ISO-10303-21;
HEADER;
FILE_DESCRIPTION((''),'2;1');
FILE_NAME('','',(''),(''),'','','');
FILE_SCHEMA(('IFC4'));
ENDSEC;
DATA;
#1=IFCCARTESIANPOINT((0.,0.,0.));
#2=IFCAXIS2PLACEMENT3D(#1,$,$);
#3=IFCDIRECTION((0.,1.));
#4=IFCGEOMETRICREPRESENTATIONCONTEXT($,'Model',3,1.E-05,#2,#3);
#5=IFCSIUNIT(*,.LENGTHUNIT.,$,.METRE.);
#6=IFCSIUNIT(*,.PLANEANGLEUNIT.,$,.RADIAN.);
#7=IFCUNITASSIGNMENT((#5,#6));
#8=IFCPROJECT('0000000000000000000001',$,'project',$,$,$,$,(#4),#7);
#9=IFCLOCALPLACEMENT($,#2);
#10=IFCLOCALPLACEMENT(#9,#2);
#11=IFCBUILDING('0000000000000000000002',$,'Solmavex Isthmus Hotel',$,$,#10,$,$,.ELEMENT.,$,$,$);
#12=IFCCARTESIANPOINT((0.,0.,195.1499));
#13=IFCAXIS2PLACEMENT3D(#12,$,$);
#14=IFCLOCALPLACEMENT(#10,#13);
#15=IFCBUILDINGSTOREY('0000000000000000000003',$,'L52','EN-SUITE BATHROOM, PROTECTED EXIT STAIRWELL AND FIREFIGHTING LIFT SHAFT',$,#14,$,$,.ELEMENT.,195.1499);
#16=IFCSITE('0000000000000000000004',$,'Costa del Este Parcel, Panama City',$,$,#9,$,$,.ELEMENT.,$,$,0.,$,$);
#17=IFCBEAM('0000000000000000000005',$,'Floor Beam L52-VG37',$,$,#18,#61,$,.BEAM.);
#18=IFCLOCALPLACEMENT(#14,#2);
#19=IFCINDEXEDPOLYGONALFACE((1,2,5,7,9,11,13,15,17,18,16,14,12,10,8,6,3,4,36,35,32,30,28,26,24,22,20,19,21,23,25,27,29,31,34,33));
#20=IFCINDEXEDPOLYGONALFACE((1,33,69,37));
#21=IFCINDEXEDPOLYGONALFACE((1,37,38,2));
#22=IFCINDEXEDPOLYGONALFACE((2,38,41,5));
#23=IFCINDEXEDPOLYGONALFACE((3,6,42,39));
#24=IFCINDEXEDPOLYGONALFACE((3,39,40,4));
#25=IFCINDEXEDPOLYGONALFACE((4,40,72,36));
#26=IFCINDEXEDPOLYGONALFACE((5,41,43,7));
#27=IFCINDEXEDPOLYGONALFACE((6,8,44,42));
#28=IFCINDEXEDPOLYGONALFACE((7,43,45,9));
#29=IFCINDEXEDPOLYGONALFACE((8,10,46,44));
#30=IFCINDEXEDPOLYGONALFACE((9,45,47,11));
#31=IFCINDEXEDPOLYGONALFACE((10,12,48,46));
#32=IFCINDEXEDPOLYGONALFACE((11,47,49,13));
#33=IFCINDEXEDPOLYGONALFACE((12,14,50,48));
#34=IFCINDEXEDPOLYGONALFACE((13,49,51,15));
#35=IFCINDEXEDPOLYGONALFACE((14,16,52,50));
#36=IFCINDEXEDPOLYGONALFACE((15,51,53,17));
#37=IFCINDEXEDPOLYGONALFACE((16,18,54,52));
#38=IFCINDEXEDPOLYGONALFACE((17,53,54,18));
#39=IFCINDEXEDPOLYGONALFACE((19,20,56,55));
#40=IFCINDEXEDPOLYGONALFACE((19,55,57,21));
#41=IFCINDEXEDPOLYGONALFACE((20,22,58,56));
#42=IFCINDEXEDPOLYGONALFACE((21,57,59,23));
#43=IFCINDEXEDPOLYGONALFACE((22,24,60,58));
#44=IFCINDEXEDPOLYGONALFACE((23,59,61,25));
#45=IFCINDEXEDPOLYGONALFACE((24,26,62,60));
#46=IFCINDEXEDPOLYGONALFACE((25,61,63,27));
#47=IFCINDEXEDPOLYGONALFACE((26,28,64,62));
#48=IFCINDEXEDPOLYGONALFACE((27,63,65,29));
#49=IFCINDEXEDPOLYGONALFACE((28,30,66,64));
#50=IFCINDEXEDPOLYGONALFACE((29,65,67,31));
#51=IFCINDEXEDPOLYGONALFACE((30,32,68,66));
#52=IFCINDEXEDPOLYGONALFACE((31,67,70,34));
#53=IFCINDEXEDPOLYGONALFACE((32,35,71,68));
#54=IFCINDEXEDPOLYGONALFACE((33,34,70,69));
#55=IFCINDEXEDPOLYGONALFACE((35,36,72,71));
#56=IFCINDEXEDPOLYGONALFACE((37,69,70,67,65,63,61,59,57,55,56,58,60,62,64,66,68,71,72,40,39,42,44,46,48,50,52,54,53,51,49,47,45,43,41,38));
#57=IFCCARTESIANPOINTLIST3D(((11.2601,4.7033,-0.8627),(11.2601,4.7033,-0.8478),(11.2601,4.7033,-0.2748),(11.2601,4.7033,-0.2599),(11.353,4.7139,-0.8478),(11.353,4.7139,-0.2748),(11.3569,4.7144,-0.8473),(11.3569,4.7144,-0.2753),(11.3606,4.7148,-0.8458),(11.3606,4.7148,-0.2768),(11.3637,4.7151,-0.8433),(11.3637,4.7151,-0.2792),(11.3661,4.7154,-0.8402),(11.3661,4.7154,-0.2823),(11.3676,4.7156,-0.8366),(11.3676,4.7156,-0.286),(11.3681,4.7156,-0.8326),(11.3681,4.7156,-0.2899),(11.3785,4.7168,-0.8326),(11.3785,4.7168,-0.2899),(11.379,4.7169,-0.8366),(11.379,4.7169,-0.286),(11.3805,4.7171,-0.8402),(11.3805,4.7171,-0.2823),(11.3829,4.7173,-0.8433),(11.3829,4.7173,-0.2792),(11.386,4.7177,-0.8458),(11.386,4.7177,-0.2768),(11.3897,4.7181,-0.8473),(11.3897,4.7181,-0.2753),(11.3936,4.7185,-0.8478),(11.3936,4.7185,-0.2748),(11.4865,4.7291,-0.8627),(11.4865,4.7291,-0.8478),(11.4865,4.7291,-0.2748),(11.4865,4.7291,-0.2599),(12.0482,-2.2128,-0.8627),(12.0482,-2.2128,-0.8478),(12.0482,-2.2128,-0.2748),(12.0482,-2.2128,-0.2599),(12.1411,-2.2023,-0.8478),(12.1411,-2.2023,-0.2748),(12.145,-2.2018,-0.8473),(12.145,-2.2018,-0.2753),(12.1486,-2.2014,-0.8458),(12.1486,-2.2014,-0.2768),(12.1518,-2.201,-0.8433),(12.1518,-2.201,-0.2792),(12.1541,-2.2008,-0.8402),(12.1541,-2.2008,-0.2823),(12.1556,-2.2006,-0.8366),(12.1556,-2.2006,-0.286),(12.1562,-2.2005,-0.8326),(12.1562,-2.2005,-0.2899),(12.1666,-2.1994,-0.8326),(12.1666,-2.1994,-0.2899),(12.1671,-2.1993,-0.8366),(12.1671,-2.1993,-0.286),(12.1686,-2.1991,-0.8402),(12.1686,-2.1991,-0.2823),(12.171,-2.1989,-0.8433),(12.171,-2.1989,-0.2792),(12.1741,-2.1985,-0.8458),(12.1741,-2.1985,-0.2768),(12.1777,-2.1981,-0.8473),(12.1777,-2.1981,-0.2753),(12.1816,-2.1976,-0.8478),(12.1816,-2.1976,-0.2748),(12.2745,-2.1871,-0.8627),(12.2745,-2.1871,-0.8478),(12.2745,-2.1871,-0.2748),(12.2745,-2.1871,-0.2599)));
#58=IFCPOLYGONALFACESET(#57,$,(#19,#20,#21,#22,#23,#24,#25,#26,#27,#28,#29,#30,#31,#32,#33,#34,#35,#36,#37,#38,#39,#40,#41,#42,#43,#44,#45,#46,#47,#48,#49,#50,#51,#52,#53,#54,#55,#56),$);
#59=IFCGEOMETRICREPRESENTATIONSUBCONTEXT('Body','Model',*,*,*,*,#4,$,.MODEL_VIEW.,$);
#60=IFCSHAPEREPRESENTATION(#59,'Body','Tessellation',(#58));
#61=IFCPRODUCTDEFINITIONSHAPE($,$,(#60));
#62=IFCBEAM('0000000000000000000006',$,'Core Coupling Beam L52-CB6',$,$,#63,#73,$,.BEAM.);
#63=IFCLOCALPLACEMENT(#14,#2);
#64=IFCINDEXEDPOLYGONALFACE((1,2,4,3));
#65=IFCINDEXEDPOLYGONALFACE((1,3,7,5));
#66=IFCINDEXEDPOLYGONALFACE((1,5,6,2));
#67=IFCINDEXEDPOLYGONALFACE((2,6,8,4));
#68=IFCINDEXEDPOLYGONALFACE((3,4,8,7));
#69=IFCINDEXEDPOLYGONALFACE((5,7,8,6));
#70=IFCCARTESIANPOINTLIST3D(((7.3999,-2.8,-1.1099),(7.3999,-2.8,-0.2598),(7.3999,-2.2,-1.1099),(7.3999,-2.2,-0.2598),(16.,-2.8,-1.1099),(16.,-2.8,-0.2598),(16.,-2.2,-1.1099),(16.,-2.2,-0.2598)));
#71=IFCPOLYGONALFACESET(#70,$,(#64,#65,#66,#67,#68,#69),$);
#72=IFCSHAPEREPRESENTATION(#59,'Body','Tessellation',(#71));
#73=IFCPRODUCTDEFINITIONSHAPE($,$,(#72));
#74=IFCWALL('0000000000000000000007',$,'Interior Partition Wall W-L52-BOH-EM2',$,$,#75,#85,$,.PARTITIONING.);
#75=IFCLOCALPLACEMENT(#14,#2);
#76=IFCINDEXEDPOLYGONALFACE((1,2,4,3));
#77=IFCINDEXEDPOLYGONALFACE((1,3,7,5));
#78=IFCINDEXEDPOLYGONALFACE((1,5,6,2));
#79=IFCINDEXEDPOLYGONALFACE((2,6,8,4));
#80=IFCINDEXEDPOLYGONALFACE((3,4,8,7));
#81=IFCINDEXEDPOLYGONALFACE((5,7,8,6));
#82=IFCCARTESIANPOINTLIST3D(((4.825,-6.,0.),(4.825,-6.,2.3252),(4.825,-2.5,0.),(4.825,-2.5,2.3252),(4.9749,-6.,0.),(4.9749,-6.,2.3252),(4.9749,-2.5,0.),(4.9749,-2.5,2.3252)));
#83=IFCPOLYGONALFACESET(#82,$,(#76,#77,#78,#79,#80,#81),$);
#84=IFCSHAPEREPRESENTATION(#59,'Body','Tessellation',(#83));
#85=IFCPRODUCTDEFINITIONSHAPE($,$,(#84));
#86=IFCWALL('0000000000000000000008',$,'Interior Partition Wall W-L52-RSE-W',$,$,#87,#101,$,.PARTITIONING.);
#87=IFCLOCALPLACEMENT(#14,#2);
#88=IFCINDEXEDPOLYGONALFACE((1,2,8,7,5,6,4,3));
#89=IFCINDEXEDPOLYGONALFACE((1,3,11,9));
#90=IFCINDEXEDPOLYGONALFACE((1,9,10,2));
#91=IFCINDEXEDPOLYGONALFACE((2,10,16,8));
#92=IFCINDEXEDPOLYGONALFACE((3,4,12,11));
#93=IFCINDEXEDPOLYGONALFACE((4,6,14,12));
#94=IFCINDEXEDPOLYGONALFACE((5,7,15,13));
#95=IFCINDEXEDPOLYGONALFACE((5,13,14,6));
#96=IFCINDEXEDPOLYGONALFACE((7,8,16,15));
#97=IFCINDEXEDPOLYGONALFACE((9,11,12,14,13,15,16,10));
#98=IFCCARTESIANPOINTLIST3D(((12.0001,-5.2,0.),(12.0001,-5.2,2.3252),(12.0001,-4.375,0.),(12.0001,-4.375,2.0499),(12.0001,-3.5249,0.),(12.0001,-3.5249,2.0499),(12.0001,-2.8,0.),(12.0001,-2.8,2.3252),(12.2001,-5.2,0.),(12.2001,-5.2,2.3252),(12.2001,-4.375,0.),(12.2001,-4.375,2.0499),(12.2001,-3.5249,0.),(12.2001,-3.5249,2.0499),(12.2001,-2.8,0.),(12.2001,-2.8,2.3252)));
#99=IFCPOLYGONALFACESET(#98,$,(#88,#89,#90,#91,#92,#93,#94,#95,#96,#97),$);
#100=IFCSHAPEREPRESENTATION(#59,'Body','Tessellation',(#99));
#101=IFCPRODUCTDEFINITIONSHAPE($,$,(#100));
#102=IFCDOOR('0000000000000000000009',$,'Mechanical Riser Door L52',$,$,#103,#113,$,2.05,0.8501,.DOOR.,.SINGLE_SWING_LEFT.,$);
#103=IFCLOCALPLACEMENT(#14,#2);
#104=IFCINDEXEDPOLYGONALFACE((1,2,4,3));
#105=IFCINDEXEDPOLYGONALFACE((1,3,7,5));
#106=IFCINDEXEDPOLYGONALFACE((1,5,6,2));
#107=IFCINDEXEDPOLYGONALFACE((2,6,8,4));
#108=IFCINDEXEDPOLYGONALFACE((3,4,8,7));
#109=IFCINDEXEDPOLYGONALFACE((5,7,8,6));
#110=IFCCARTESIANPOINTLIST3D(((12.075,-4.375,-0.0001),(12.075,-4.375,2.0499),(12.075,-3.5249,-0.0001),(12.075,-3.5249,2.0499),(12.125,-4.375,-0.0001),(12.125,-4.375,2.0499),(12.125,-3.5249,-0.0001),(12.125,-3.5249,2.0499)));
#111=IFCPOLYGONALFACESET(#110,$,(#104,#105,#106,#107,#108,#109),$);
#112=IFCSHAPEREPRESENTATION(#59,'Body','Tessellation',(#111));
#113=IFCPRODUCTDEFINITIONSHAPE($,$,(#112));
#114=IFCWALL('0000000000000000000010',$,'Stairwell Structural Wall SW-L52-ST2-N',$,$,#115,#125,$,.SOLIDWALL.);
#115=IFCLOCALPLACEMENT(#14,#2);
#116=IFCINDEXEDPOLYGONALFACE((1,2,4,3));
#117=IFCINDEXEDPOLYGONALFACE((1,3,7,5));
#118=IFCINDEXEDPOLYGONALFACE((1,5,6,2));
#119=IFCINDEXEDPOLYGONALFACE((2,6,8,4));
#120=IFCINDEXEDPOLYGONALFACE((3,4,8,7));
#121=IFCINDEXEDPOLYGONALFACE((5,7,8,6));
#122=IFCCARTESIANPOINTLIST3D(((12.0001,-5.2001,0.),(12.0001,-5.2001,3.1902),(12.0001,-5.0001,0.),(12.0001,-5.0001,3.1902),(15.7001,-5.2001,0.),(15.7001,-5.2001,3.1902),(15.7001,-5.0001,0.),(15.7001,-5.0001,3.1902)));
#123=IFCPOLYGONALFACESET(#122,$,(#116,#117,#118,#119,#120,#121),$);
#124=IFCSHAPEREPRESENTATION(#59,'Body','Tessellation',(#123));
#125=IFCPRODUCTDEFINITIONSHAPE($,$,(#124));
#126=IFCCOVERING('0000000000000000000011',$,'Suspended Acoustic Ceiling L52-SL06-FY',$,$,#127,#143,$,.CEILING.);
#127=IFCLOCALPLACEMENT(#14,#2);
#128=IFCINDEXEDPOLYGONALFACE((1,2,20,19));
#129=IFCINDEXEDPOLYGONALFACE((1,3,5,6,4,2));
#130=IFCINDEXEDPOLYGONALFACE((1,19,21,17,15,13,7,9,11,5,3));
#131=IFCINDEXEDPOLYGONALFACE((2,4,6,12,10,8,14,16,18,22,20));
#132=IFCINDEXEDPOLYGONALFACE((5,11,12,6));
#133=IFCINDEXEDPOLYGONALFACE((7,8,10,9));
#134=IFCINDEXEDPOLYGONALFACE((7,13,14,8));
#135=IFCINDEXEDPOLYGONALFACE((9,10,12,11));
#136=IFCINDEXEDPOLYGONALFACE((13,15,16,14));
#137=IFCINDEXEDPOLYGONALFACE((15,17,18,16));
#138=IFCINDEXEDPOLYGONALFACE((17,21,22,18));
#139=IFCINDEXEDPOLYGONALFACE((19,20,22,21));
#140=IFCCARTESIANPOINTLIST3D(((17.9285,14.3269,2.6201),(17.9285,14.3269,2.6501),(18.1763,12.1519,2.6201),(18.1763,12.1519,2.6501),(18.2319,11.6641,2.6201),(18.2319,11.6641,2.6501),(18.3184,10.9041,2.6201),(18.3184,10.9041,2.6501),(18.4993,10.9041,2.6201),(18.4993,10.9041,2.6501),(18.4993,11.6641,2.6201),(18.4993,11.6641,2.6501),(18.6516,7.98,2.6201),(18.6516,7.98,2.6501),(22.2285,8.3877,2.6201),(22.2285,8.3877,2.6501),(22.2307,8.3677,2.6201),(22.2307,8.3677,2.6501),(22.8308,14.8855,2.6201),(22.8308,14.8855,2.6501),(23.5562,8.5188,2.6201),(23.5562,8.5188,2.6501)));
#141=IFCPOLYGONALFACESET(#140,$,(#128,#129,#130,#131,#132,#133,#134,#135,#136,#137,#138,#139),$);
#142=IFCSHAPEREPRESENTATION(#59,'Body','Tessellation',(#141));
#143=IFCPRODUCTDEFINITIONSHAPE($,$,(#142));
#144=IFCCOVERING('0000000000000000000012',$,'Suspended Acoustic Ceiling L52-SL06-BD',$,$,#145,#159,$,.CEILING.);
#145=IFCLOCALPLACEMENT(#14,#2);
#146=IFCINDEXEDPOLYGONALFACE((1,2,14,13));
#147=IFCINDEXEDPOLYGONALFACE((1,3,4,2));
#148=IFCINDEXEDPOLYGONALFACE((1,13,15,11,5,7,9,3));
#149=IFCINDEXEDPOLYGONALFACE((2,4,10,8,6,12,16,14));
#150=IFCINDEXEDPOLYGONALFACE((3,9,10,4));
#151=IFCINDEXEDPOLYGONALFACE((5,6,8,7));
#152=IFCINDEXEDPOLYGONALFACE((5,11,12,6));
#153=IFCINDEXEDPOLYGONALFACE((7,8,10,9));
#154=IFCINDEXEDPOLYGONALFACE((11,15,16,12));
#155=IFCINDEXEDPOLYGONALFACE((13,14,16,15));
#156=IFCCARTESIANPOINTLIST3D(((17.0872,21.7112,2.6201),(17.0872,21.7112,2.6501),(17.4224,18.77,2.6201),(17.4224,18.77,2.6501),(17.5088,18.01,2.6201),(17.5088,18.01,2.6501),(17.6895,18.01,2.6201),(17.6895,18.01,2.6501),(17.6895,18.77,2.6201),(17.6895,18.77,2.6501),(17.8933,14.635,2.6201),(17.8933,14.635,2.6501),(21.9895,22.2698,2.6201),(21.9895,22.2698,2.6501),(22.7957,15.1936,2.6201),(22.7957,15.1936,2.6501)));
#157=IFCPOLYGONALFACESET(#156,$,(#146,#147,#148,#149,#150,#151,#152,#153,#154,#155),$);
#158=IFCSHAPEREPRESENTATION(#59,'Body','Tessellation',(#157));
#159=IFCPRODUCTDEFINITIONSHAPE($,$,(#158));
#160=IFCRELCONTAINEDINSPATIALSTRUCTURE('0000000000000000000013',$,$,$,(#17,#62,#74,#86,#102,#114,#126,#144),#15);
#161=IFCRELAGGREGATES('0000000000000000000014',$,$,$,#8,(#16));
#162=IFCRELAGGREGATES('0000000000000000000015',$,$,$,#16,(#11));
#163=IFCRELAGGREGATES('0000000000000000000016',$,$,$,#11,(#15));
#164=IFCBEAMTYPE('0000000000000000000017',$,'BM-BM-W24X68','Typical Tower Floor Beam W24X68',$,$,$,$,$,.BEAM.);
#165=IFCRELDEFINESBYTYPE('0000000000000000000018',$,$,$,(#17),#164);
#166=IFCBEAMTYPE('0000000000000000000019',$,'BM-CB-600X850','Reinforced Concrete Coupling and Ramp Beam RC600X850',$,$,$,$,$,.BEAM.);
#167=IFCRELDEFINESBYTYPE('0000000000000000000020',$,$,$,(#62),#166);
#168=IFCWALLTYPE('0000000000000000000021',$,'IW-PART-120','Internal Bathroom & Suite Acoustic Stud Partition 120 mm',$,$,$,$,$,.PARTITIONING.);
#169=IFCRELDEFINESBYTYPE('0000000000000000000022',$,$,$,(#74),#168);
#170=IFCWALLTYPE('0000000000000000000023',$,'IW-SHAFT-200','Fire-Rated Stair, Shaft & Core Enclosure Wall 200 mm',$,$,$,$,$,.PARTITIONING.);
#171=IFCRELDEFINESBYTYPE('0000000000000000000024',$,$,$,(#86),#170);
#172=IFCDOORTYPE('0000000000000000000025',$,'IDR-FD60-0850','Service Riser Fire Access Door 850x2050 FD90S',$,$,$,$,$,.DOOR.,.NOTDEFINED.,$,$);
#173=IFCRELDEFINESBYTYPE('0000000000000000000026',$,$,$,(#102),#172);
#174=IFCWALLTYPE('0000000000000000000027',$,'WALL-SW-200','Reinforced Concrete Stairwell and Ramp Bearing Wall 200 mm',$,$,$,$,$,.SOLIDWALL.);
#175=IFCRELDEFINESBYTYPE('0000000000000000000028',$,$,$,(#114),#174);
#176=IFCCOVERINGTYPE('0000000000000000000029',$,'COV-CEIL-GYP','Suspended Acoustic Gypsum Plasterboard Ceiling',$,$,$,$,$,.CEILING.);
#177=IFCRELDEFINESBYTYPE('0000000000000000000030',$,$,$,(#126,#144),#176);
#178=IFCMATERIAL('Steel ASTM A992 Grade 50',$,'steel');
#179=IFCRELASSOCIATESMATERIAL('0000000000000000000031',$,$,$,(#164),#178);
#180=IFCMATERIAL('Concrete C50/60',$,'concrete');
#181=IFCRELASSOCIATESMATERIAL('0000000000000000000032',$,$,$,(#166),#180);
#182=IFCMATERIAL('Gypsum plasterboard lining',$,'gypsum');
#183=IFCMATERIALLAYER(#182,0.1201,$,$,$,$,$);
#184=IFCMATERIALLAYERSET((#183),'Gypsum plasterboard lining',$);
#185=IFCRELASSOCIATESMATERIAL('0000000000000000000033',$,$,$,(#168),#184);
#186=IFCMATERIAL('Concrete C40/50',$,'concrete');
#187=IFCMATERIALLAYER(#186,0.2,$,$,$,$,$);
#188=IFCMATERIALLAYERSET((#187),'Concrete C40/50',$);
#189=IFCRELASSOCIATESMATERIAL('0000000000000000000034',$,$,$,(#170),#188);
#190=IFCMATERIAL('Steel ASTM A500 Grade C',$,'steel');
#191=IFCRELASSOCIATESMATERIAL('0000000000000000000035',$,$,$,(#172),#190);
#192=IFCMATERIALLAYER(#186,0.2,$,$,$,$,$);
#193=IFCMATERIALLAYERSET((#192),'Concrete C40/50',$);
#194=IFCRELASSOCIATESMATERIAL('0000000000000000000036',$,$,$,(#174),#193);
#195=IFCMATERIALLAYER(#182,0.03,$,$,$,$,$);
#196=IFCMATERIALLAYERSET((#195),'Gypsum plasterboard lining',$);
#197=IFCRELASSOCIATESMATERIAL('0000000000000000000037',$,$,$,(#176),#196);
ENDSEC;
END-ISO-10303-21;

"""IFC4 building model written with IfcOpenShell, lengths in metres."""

from ifc_helpers import new_model, si_unit, direction, frame, frame_2d, origin, origin_2d, place, context, subcontext, project, spatial, polyline, rectangle, i_section, outline, extrude, material, layer, layer_set, material_profile, profile_set, type_object, element, fill, save


model = new_model("IFC4")

# Units and contexts
model_context = context("Model", 3, precision=1e-05, world=origin(), true_north=direction((0.0, 1.0)))
body_context = subcontext(model_context, "Body", "Model", "MODEL_VIEW")
ifc_project = project(units=[si_unit("LENGTHUNIT", "METRE"), si_unit("PLANEANGLEUNIT", "RADIAN")], contexts=[model_context])

# Site, building, storey
site_placement = place(None, origin())
site = spatial("IfcSite", under=ifc_project, at=site_placement, Name="Costa del Este Parcel, Panama City", CompositionType="ELEMENT", RefElevation=0.0)
building_placement = place(site_placement, origin())
building = spatial("IfcBuilding", under=site, at=building_placement, Name="Solmavex Isthmus Hotel", CompositionType="ELEMENT")
storey_placement = place(building_placement, frame((0.0, 0.0, 195.1499)))
storey = spatial("IfcBuildingStorey", under=building, at=storey_placement, Name="L52", Description="EN-SUITE BATHROOM, PROTECTED EXIT STAIRWELL AND FIREFIGHTING LIFT SHAFT", CompositionType="ELEMENT", Elevation=195.1499)

# Shared definitions
ifc_material_1 = material(Name="Concrete C50/60", Category="concrete")

# Beams
ifc_material_2 = material(Name="Steel ASTM A992 Grade 50", Category="steel")
ifc_material_profile_1 = material_profile(ifc_material_2, i_section(OverallWidth=0.2278, OverallDepth=0.6028, WebThickness=0.0105, FlangeThickness=0.0149, FilletRadius=0.0151, at=origin_2d()), Name="W24X68")
ifc_profile_set_1 = profile_set([ifc_material_profile_1], Name="Steel ASTM A992 Grade 50")
beam_type_1 = type_object("IfcBeamType", Name="BM-BM-W24X68", Description="Typical Tower Floor Beam W24X68", PredefinedType="BEAM", material=ifc_profile_set_1)
beam_1_placement = place(storey_placement, frame((12.1614, -2.2, -0.5613), z_axis=(-0.113214, 0.993571, 0.0), x_axis=(-0.993571, -0.113214, 0.0)))
element("IfcBeam", 1, at=beam_1_placement, inside=storey, type_object=beam_type_1, Name="Floor Beam L52-VG37", PredefinedType="BEAM", context=body_context, shape_type="SweptSolid", body=[
    extrude(i_section(OverallWidth=0.2278, OverallDepth=0.6028, WebThickness=0.0105, FlangeThickness=0.0149, FilletRadius=0.0151, at=origin_2d()), origin(), (0.0, 0.0, 1.0), 6.9609),
])
ifc_material_profile_2 = material_profile(ifc_material_1, rectangle(XDim=0.6001, YDim=0.8501, at=origin_2d()), Name="RC600X850")
ifc_profile_set_2 = profile_set([ifc_material_profile_2], Name="Concrete C50/60")
beam_type_2 = type_object("IfcBeamType", Name="BM-CB-600X850", Description="Reinforced Concrete Coupling and Ramp Beam RC600X850", PredefinedType="BEAM", material=ifc_profile_set_2)
beam_2_placement = place(storey_placement, frame((7.3999, -2.5, -0.6848), z_axis=(1.0, 0.0, 0.0), x_axis=(0.0, 1.0, 0.0)))
element("IfcBeam", 2, at=beam_2_placement, inside=storey, type_object=beam_type_2, Name="Core Coupling Beam L52-CB6", PredefinedType="BEAM", context=body_context, shape_type="SweptSolid", body=[
    extrude(rectangle(XDim=0.6001, YDim=0.8501, at=origin_2d()), origin(), (0.0, 0.0, 1.0), 8.6001),
])

# Wall
ifc_material_3 = material(Name="Gypsum plasterboard lining", Category="gypsum")
ifc_layer_1 = layer(ifc_material_3, 0.1201)
ifc_layer_set_1 = layer_set([ifc_layer_1], Name="Gypsum plasterboard lining")
wall_type_1 = type_object("IfcWallType", Name="IW-PART-120", Description="Internal Bathroom & Suite Acoustic Stud Partition 120 mm", PredefinedType="PARTITIONING", material=ifc_layer_set_1)
wall_1_placement = place(storey_placement, frame((4.8999, -6.0, 0.0), z_axis=(0.0, 0.0, 1.0), x_axis=(0.0, 1.0, 0.0)))
element("IfcWall", 3, at=wall_1_placement, inside=storey, type_object=wall_type_1, Name="Interior Partition Wall W-L52-BOH-EM2", PredefinedType="PARTITIONING", context=body_context, shape_type="SweptSolid", body=[
    extrude(rectangle(XDim=3.5, YDim=0.1499, at=frame_2d((1.75, 0.0))), origin(), (0.0, 0.0, 1.0), 2.3252),
])

# Wall, opening, door
ifc_material_4 = material(Name="Concrete C40/50", Category="concrete")
ifc_layer_2 = layer(ifc_material_4, 0.2)
ifc_layer_set_2 = layer_set([ifc_layer_2], Name="Concrete C40/50")
wall_type_2 = type_object("IfcWallType", Name="IW-SHAFT-200", Description="Fire-Rated Stair, Shaft & Core Enclosure Wall 200 mm", PredefinedType="PARTITIONING", material=ifc_layer_set_2)
wall_2_placement = place(storey_placement, frame((12.1001, -5.2, 0.0), z_axis=(0.0, 0.0, 1.0), x_axis=(0.0, 1.0, 0.0)))
wall_2 = element("IfcWall", 4, at=wall_2_placement, inside=storey, type_object=wall_type_2, Name="Interior Partition Wall W-L52-RSE-W", PredefinedType="PARTITIONING", context=body_context, shape_type="SweptSolid", body=[
    extrude(rectangle(XDim=2.3999, YDim=0.2, at=frame_2d((1.2, 0.0))), origin(), (0.0, 0.0, 1.0), 2.3252),
])
opening_placement = place(wall_2_placement, frame((0.825, 0.0, 0.0)))
opening = element("IfcOpeningElement", 5, at=opening_placement, cuts=wall_2, PredefinedType="OPENING", context=body_context, shape_type="SweptSolid", body=[
    extrude(rectangle(XDim=0.8501, YDim=2.05, at=frame_2d((0.425, 1.0249))), frame((0.0, 0.1099, 0.0), z_axis=(0.0, -1.0, 0.0), x_axis=(1.0, 0.0, 0.0)), (0.0, 0.0, 1.0), 0.22),
])
ifc_material_5 = material(Name="Steel ASTM A500 Grade C", Category="steel")
door_type = type_object("IfcDoorType", Name="IDR-FD60-0850", Description="Service Riser Fire Access Door 850x2050 FD90S", OperationType="NOTDEFINED", PredefinedType="DOOR", material=ifc_material_5)
door_placement = place(opening_placement, frame((0.8501, 0.0, 0.0), z_axis=(0.0, 0.0, 1.0), x_axis=(-1.0, 0.0, 0.0)))
door = element("IfcDoor", 6, at=door_placement, inside=storey, type_object=door_type, Name="Mechanical Riser Door L52", OperationType="SINGLE_SWING_LEFT", OverallHeight=2.05, OverallWidth=0.8501, PredefinedType="DOOR", context=body_context, shape_type="SweptSolid", body=[
    extrude(rectangle(XDim=0.8501, YDim=2.05, at=frame_2d((0.425, 1.0249))), frame((0.0, 0.0249, 0.0), z_axis=(0.0, -1.0, 0.0), x_axis=(1.0, 0.0, 0.0)), (0.0, 0.0, 1.0), 0.05),
])
fill(opening, door)

# Wall
ifc_layer_3 = layer(ifc_material_4, 0.2)
ifc_layer_set_3 = layer_set([ifc_layer_3], Name="Concrete C40/50")
wall_type_3 = type_object("IfcWallType", Name="WALL-SW-200", Description="Reinforced Concrete Stairwell and Ramp Bearing Wall 200 mm", PredefinedType="SOLIDWALL", material=ifc_layer_set_3)
wall_3_placement = place(storey_placement, frame((12.0, -5.1001, 0.0), z_axis=(0.0, 0.0, 1.0), x_axis=(1.0, 0.0, 0.0)))
element("IfcWall", 7, at=wall_3_placement, inside=storey, type_object=wall_type_3, Name="Stairwell Structural Wall SW-L52-ST2-N", PredefinedType="SOLIDWALL", context=body_context, shape_type="SweptSolid", body=[
    extrude(rectangle(XDim=3.7, YDim=0.2, at=frame_2d((1.8501, 0.0))), origin(), (0.0, 0.0, 1.0), 3.1902),
])

# Coverings
ifc_layer_4 = layer(ifc_material_3, 0.03)
ifc_layer_set_4 = layer_set([ifc_layer_4], Name="Gypsum plasterboard lining")
covering_type_1 = type_object("IfcCoveringType", Name="COV-CEIL-GYP", Description="Suspended Acoustic Gypsum Plasterboard Ceiling", PredefinedType="CEILING", material=ifc_layer_set_4)
covering_1_placement = place(storey_placement, frame((0.0, 0.0, 2.6201)))
element("IfcCovering", 8, at=covering_1_placement, inside=storey, type_object=covering_type_1, Name="Suspended Acoustic Ceiling L52-SL06-FY", PredefinedType="CEILING", context=body_context, shape_type="SweptSolid", body=[
    extrude(outline(polyline([(18.2319, 11.6641), (18.4993, 11.6641), (18.4993, 10.9041), (18.3184, 10.9041), (18.6516, 7.98), (22.2285, 8.3877), (22.2307, 8.3677), (23.5562, 8.5188), (22.8308, 14.8855), (17.9285, 14.3269), (18.1763, 12.1519), (18.2319, 11.6641)])), origin(), (0.0, 0.0, 1.0), 0.03),
])
covering_2_placement = place(storey_placement, frame((0.0, 0.0, 2.6201)))
element("IfcCovering", 9, at=covering_2_placement, inside=storey, type_object=covering_type_1, Name="Suspended Acoustic Ceiling L52-SL06-BD", PredefinedType="CEILING", context=body_context, shape_type="SweptSolid", body=[
    extrude(outline(polyline([(17.4224, 18.77), (17.6895, 18.77), (17.6895, 18.01), (17.5088, 18.01), (17.8933, 14.635), (22.7957, 15.1936), (21.9895, 22.2698), (17.0872, 21.7112), (17.4224, 18.77)])), origin(), (0.0, 0.0, 1.0), 0.03),
])

save(model, "model.ifc")
